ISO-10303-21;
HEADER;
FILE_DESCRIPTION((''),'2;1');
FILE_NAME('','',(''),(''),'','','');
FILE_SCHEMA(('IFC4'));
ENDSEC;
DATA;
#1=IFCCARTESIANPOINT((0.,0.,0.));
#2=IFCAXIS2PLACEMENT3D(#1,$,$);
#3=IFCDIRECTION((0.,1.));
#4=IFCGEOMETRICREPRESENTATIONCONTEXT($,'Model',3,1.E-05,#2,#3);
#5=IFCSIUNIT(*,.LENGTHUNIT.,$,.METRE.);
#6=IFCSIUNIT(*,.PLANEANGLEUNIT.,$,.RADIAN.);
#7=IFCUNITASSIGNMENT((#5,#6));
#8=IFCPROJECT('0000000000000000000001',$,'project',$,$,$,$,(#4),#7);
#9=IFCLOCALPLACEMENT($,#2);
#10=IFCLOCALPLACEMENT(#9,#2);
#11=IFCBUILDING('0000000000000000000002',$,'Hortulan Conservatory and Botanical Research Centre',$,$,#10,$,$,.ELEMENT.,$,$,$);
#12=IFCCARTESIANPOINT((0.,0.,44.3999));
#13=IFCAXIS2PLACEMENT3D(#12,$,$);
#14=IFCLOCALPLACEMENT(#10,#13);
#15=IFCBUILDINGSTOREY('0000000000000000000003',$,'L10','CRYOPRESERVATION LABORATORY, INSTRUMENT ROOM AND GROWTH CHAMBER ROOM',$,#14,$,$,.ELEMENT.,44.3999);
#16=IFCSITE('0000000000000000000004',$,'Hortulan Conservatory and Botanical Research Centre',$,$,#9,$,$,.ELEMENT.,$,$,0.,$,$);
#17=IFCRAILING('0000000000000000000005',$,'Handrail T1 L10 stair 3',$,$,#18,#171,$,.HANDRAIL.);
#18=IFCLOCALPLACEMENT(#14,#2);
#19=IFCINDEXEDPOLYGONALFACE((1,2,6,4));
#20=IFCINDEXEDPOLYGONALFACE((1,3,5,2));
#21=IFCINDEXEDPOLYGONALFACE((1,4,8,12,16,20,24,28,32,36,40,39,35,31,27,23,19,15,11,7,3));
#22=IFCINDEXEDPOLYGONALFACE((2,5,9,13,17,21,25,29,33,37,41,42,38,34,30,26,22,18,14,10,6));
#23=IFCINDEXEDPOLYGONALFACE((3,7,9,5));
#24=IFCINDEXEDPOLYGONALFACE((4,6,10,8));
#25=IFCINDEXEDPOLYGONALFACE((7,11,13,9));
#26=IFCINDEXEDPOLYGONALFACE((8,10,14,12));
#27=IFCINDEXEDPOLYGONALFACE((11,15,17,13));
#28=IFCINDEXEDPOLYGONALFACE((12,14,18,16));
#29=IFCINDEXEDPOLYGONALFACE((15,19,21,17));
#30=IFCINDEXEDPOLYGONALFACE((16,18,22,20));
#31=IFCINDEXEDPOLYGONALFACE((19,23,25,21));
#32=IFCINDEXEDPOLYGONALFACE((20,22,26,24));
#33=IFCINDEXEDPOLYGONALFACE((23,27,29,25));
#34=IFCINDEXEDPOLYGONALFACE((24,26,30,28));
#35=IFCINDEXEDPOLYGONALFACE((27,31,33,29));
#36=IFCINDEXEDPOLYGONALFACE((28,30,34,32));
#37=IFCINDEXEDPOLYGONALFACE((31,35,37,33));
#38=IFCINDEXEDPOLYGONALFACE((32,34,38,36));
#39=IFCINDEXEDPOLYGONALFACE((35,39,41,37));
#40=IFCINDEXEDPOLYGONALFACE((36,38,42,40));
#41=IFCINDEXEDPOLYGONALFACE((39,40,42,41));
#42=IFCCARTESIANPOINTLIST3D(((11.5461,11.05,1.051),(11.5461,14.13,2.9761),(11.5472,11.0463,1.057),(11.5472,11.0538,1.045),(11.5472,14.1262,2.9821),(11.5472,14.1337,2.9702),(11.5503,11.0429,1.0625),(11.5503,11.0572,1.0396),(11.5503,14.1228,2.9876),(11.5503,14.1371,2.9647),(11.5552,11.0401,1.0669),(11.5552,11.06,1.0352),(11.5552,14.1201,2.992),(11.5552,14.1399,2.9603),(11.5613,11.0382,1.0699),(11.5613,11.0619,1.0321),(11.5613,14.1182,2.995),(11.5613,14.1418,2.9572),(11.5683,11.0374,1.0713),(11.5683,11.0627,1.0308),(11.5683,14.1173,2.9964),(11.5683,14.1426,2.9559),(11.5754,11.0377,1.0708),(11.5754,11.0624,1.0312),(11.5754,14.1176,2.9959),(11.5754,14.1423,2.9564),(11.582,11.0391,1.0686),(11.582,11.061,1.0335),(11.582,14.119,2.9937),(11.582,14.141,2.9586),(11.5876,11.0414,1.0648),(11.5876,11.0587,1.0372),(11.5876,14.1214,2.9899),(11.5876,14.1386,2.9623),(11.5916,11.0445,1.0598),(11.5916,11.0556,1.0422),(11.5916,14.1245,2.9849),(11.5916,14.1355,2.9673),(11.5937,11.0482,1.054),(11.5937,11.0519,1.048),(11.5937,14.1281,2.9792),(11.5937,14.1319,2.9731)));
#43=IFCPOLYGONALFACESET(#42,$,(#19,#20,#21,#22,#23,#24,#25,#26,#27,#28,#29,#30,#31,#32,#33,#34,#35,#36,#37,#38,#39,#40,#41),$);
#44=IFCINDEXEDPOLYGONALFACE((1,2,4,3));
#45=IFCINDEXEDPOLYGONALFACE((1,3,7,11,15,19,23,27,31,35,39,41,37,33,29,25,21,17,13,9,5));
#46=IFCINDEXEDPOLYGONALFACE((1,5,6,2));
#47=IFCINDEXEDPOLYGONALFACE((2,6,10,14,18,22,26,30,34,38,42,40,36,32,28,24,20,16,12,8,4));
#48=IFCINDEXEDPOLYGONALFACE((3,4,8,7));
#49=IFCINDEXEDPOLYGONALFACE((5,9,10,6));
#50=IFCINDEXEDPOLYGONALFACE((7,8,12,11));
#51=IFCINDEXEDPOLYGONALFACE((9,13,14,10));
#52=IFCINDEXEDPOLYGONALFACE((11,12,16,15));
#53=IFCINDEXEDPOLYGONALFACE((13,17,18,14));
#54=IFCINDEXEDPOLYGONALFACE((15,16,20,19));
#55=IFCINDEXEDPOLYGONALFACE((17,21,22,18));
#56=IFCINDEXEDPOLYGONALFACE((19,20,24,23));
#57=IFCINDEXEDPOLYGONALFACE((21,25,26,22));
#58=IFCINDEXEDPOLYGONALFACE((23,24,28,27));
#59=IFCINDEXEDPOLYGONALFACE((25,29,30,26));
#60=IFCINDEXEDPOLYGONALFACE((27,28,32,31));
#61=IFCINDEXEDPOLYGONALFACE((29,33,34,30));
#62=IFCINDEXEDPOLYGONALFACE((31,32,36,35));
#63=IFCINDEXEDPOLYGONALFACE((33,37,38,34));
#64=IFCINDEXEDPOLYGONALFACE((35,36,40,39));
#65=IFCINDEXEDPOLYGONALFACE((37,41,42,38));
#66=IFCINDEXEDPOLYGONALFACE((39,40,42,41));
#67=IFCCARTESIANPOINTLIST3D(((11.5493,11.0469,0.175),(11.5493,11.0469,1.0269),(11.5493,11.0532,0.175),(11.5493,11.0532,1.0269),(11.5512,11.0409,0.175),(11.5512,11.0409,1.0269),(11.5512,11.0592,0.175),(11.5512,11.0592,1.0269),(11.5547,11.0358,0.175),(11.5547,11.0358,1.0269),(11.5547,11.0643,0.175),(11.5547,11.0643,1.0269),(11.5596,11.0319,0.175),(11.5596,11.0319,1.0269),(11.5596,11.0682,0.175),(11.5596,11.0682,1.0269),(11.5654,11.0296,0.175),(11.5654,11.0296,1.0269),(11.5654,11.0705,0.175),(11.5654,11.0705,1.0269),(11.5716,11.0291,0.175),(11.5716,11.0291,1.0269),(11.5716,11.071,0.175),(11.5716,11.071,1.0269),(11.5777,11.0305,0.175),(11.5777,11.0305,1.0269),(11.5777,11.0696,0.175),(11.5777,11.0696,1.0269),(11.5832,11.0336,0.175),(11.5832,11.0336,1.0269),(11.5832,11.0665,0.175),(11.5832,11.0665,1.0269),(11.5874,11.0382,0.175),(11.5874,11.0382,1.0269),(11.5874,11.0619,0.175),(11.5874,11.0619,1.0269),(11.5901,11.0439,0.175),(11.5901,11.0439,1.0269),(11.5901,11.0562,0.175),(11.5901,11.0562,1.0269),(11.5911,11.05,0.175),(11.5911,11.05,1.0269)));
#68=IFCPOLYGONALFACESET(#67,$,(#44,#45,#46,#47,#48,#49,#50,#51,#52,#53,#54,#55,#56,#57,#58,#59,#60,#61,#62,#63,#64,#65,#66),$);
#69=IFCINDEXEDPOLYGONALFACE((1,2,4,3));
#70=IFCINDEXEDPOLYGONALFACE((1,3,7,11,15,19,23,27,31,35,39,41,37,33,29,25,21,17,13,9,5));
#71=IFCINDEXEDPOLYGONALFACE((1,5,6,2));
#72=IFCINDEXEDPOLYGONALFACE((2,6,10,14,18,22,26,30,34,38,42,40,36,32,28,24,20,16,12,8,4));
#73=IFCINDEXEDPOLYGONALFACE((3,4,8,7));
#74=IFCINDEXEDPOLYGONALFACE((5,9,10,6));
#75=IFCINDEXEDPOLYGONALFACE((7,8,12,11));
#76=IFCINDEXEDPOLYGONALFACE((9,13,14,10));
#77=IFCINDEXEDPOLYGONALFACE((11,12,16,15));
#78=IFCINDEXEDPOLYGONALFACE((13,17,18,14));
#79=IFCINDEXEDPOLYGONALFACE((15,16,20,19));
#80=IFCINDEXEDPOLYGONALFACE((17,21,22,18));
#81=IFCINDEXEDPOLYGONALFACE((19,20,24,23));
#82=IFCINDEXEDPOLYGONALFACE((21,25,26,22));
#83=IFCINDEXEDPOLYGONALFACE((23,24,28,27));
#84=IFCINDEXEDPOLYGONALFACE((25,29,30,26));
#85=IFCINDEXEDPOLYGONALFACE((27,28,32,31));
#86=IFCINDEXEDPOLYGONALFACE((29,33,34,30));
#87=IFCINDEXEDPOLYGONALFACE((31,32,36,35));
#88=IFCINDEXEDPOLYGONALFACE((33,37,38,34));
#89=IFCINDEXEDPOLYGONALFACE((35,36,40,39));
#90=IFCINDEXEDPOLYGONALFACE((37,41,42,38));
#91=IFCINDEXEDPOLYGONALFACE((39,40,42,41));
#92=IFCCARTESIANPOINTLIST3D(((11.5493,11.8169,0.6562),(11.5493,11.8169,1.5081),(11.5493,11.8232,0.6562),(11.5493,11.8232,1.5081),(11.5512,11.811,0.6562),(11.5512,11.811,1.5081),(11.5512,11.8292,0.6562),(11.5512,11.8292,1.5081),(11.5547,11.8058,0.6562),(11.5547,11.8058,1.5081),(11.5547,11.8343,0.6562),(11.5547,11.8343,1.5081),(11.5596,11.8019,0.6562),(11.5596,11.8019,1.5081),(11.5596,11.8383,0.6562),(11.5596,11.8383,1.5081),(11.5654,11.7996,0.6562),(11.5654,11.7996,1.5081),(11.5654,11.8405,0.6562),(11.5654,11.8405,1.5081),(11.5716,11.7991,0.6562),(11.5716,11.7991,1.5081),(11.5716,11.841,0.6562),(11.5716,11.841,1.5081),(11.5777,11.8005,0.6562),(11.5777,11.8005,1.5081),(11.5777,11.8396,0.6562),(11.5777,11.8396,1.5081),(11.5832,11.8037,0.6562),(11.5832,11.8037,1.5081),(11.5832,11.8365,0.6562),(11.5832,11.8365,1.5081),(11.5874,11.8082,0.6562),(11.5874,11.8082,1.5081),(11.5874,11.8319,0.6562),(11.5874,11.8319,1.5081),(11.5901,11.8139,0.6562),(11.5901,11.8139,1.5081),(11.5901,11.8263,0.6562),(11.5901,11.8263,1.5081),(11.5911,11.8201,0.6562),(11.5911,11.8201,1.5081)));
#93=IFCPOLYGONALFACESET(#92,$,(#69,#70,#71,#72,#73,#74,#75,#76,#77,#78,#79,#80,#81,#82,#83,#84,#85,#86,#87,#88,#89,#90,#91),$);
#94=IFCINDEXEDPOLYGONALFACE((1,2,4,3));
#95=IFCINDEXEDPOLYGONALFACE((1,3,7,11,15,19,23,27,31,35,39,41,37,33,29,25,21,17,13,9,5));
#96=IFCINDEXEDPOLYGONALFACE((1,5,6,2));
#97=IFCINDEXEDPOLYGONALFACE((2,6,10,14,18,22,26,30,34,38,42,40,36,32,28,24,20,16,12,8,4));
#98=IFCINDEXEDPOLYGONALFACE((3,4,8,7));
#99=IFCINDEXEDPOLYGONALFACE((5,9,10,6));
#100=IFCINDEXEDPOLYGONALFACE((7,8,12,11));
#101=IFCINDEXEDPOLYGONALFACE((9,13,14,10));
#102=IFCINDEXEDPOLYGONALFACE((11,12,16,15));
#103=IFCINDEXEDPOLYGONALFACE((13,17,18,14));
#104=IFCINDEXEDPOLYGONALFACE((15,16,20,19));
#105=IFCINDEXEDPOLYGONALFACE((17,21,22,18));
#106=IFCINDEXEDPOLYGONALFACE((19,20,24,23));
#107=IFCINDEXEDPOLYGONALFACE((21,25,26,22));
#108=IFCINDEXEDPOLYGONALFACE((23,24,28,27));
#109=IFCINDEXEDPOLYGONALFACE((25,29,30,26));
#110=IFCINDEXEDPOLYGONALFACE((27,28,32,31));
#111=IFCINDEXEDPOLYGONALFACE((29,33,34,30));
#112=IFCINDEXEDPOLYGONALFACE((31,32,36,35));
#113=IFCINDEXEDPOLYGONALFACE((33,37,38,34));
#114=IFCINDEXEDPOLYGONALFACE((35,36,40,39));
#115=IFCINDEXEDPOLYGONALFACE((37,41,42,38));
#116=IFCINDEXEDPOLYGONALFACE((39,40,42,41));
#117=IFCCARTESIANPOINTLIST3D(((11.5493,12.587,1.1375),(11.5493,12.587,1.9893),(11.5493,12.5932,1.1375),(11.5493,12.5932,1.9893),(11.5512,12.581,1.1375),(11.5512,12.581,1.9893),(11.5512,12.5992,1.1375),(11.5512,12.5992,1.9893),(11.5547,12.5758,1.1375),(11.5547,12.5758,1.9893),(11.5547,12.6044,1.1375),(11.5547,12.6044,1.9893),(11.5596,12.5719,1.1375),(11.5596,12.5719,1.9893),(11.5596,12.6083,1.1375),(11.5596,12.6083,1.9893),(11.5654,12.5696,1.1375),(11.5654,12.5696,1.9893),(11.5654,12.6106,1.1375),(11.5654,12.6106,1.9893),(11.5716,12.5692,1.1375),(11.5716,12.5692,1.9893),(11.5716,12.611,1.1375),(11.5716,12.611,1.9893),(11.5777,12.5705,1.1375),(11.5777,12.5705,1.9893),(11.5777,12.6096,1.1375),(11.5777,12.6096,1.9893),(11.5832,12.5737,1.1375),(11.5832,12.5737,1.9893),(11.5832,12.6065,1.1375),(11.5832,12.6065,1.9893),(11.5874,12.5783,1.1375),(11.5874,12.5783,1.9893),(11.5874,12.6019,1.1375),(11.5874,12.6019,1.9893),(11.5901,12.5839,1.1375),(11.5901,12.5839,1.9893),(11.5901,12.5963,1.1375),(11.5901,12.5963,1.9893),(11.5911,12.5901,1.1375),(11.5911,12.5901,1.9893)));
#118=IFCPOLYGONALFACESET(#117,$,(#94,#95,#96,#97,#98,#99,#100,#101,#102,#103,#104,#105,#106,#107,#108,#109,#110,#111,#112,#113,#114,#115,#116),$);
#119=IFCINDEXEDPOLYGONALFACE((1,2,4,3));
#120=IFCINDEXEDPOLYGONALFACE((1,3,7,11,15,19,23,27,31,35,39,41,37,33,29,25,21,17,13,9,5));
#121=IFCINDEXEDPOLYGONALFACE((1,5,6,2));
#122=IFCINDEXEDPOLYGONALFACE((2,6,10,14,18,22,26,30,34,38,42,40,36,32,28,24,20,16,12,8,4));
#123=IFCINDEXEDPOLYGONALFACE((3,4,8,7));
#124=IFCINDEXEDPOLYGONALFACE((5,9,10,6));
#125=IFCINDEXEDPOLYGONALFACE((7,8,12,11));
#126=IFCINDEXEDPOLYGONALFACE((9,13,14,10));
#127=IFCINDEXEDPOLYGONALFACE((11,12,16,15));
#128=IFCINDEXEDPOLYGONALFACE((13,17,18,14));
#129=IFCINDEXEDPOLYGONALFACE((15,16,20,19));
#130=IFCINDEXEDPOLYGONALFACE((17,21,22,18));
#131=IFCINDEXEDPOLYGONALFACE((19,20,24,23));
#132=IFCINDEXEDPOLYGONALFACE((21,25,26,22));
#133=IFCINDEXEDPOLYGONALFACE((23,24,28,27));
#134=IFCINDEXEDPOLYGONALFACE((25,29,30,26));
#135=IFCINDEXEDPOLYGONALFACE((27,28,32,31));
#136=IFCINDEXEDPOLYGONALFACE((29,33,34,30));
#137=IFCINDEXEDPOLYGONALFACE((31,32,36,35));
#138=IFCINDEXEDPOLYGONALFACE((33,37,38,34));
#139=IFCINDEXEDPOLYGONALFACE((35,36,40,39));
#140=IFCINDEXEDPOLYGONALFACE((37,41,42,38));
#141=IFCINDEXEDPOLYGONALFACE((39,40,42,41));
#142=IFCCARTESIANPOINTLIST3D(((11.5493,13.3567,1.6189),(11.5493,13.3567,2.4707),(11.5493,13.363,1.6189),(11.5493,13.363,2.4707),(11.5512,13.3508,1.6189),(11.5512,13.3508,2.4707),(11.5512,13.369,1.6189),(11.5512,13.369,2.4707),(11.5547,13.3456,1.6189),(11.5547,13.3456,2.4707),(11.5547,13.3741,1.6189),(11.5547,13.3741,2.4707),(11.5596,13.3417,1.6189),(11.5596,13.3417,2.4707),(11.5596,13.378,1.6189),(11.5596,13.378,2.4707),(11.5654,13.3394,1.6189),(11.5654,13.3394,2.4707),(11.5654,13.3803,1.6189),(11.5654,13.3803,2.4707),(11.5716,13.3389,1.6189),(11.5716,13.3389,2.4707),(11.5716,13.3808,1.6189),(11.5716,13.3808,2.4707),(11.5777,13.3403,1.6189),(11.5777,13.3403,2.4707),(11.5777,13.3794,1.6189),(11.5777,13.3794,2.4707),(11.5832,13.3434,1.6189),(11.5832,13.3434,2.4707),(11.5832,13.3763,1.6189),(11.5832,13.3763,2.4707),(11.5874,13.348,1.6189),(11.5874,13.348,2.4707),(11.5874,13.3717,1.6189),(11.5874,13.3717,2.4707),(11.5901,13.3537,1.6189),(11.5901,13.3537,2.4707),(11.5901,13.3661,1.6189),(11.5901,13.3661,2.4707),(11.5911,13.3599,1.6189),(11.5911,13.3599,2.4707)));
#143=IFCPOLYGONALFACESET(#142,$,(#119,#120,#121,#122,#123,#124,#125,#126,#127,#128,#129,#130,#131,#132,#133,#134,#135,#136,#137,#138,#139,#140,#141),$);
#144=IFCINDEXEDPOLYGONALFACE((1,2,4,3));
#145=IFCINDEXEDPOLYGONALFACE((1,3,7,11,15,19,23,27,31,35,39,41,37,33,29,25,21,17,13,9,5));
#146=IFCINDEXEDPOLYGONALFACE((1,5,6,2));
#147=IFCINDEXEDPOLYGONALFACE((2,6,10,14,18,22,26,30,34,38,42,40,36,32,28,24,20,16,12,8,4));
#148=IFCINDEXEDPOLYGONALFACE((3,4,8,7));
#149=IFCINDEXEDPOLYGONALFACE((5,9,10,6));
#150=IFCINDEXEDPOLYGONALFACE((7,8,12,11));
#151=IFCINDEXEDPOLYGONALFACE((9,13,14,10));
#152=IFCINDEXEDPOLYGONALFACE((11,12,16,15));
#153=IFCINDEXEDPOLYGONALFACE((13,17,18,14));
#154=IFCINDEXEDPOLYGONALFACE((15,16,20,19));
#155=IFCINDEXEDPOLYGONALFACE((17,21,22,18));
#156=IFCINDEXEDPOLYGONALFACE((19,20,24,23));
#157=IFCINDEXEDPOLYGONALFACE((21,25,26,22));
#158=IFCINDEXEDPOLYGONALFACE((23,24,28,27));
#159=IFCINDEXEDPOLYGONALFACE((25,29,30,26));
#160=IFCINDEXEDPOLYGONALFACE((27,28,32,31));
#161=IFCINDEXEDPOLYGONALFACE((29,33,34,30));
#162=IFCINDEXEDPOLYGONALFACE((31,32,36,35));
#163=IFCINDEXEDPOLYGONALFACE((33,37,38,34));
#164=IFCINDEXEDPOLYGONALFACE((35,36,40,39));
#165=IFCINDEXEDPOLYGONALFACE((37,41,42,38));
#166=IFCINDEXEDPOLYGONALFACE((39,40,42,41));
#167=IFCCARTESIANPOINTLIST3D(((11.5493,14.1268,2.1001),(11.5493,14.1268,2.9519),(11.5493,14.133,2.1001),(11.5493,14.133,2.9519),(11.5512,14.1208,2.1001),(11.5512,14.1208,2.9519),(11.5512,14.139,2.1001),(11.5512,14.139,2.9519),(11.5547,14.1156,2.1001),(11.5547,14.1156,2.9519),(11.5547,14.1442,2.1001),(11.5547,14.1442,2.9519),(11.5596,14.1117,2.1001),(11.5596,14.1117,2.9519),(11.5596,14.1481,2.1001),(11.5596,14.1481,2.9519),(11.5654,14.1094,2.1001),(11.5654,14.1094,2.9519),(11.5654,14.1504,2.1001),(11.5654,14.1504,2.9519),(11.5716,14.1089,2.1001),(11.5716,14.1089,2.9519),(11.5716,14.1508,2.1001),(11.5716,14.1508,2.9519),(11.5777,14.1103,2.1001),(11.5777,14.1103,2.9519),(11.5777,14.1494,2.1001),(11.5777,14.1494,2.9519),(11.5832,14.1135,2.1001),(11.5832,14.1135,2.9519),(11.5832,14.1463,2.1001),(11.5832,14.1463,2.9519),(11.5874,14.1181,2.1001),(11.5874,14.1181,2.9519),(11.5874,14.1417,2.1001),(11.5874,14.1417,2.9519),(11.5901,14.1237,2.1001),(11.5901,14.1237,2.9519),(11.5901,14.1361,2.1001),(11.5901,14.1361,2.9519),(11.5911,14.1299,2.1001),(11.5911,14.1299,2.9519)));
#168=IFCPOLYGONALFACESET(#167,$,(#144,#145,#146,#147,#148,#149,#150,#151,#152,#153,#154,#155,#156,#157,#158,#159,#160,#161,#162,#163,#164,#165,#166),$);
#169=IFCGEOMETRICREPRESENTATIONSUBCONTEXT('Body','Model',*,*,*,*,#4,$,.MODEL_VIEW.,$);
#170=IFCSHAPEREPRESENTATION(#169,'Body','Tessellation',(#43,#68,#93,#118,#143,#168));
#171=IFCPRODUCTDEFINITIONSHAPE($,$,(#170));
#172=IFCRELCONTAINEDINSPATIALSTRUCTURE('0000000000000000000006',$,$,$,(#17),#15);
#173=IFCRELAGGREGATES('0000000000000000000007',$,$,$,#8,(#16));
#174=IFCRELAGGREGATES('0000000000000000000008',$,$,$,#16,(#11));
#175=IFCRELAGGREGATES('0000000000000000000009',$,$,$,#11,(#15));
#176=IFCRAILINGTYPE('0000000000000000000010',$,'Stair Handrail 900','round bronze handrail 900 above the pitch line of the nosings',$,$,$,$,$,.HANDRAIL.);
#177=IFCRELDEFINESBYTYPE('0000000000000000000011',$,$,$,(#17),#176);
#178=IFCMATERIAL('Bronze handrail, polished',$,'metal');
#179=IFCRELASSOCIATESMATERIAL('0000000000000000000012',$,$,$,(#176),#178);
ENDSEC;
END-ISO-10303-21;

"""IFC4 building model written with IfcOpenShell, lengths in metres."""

from ifc_helpers import new_model, si_unit, direction, frame, origin, origin_2d, place, context, subcontext, project, spatial, circle, extrude, material, type_object, element, save


model = new_model("IFC4")

# Units and contexts
model_context = context("Model", 3, precision=1e-05, world=origin(), true_north=direction((0.0, 1.0)))
body_context = subcontext(model_context, "Body", "Model", "MODEL_VIEW")
ifc_project = project(units=[si_unit("LENGTHUNIT", "METRE"), si_unit("PLANEANGLEUNIT", "RADIAN")], contexts=[model_context])

# Site, building, storey
site_placement = place(None, origin())
site = spatial("IfcSite", under=ifc_project, at=site_placement, Name="Hortulan Conservatory and Botanical Research Centre", CompositionType="ELEMENT", RefElevation=0.0)
building_placement = place(site_placement, origin())
building = spatial("IfcBuilding", under=site, at=building_placement, Name="Hortulan Conservatory and Botanical Research Centre", CompositionType="ELEMENT")
storey_placement = place(building_placement, frame((0.0, 0.0, 44.3999)))
storey = spatial("IfcBuildingStorey", under=building, at=storey_placement, Name="L10", Description="CRYOPRESERVATION LABORATORY, INSTRUMENT ROOM AND GROWTH CHAMBER ROOM", CompositionType="ELEMENT", Elevation=44.3999)

# Railing
ifc_material_1 = material(Name="Bronze handrail, polished", Category="metal")
railing_type_1 = type_object("IfcRailingType", Name="Stair Handrail 900", Description="round bronze handrail 900 above the pitch line of the nosings", PredefinedType="HANDRAIL", material=ifc_material_1)
railing_1_placement = place(storey_placement, frame((11.5701, 11.05, 0.175)))
element("IfcRailing", 1, at=railing_1_placement, inside=storey, type_object=railing_type_1, Name="Handrail T1 L10 stair 3", PredefinedType="HANDRAIL", context=body_context, shape_type="SweptSolid", body=[
    extrude(circle(Radius=0.0239, at=origin_2d()), frame((0.0, 0.0, 0.876), z_axis=(0.0, 0.847979, 0.530029), x_axis=(-1.0, 0.0, 0.0)), (0.0, 0.0, 1.0), 3.6321),
    extrude(circle(Radius=0.021, at=origin_2d()), origin(), (0.0, 0.0, 1.0), 0.8518),
    extrude(circle(Radius=0.021, at=origin_2d()), frame((0.0, 0.77, 0.4812)), (0.0, 0.0, 1.0), 0.8518),
    extrude(circle(Radius=0.021, at=origin_2d()), frame((0.0, 1.54, 0.9624)), (0.0, 0.0, 1.0), 0.8518),
    extrude(circle(Radius=0.021, at=origin_2d()), frame((0.0, 2.3098, 1.4438)), (0.0, 0.0, 1.0), 0.8518),
    extrude(circle(Radius=0.021, at=origin_2d()), frame((0.0, 3.0798, 1.925)), (0.0, 0.0, 1.0), 0.8518),
])

save(model, "model.ifc")
